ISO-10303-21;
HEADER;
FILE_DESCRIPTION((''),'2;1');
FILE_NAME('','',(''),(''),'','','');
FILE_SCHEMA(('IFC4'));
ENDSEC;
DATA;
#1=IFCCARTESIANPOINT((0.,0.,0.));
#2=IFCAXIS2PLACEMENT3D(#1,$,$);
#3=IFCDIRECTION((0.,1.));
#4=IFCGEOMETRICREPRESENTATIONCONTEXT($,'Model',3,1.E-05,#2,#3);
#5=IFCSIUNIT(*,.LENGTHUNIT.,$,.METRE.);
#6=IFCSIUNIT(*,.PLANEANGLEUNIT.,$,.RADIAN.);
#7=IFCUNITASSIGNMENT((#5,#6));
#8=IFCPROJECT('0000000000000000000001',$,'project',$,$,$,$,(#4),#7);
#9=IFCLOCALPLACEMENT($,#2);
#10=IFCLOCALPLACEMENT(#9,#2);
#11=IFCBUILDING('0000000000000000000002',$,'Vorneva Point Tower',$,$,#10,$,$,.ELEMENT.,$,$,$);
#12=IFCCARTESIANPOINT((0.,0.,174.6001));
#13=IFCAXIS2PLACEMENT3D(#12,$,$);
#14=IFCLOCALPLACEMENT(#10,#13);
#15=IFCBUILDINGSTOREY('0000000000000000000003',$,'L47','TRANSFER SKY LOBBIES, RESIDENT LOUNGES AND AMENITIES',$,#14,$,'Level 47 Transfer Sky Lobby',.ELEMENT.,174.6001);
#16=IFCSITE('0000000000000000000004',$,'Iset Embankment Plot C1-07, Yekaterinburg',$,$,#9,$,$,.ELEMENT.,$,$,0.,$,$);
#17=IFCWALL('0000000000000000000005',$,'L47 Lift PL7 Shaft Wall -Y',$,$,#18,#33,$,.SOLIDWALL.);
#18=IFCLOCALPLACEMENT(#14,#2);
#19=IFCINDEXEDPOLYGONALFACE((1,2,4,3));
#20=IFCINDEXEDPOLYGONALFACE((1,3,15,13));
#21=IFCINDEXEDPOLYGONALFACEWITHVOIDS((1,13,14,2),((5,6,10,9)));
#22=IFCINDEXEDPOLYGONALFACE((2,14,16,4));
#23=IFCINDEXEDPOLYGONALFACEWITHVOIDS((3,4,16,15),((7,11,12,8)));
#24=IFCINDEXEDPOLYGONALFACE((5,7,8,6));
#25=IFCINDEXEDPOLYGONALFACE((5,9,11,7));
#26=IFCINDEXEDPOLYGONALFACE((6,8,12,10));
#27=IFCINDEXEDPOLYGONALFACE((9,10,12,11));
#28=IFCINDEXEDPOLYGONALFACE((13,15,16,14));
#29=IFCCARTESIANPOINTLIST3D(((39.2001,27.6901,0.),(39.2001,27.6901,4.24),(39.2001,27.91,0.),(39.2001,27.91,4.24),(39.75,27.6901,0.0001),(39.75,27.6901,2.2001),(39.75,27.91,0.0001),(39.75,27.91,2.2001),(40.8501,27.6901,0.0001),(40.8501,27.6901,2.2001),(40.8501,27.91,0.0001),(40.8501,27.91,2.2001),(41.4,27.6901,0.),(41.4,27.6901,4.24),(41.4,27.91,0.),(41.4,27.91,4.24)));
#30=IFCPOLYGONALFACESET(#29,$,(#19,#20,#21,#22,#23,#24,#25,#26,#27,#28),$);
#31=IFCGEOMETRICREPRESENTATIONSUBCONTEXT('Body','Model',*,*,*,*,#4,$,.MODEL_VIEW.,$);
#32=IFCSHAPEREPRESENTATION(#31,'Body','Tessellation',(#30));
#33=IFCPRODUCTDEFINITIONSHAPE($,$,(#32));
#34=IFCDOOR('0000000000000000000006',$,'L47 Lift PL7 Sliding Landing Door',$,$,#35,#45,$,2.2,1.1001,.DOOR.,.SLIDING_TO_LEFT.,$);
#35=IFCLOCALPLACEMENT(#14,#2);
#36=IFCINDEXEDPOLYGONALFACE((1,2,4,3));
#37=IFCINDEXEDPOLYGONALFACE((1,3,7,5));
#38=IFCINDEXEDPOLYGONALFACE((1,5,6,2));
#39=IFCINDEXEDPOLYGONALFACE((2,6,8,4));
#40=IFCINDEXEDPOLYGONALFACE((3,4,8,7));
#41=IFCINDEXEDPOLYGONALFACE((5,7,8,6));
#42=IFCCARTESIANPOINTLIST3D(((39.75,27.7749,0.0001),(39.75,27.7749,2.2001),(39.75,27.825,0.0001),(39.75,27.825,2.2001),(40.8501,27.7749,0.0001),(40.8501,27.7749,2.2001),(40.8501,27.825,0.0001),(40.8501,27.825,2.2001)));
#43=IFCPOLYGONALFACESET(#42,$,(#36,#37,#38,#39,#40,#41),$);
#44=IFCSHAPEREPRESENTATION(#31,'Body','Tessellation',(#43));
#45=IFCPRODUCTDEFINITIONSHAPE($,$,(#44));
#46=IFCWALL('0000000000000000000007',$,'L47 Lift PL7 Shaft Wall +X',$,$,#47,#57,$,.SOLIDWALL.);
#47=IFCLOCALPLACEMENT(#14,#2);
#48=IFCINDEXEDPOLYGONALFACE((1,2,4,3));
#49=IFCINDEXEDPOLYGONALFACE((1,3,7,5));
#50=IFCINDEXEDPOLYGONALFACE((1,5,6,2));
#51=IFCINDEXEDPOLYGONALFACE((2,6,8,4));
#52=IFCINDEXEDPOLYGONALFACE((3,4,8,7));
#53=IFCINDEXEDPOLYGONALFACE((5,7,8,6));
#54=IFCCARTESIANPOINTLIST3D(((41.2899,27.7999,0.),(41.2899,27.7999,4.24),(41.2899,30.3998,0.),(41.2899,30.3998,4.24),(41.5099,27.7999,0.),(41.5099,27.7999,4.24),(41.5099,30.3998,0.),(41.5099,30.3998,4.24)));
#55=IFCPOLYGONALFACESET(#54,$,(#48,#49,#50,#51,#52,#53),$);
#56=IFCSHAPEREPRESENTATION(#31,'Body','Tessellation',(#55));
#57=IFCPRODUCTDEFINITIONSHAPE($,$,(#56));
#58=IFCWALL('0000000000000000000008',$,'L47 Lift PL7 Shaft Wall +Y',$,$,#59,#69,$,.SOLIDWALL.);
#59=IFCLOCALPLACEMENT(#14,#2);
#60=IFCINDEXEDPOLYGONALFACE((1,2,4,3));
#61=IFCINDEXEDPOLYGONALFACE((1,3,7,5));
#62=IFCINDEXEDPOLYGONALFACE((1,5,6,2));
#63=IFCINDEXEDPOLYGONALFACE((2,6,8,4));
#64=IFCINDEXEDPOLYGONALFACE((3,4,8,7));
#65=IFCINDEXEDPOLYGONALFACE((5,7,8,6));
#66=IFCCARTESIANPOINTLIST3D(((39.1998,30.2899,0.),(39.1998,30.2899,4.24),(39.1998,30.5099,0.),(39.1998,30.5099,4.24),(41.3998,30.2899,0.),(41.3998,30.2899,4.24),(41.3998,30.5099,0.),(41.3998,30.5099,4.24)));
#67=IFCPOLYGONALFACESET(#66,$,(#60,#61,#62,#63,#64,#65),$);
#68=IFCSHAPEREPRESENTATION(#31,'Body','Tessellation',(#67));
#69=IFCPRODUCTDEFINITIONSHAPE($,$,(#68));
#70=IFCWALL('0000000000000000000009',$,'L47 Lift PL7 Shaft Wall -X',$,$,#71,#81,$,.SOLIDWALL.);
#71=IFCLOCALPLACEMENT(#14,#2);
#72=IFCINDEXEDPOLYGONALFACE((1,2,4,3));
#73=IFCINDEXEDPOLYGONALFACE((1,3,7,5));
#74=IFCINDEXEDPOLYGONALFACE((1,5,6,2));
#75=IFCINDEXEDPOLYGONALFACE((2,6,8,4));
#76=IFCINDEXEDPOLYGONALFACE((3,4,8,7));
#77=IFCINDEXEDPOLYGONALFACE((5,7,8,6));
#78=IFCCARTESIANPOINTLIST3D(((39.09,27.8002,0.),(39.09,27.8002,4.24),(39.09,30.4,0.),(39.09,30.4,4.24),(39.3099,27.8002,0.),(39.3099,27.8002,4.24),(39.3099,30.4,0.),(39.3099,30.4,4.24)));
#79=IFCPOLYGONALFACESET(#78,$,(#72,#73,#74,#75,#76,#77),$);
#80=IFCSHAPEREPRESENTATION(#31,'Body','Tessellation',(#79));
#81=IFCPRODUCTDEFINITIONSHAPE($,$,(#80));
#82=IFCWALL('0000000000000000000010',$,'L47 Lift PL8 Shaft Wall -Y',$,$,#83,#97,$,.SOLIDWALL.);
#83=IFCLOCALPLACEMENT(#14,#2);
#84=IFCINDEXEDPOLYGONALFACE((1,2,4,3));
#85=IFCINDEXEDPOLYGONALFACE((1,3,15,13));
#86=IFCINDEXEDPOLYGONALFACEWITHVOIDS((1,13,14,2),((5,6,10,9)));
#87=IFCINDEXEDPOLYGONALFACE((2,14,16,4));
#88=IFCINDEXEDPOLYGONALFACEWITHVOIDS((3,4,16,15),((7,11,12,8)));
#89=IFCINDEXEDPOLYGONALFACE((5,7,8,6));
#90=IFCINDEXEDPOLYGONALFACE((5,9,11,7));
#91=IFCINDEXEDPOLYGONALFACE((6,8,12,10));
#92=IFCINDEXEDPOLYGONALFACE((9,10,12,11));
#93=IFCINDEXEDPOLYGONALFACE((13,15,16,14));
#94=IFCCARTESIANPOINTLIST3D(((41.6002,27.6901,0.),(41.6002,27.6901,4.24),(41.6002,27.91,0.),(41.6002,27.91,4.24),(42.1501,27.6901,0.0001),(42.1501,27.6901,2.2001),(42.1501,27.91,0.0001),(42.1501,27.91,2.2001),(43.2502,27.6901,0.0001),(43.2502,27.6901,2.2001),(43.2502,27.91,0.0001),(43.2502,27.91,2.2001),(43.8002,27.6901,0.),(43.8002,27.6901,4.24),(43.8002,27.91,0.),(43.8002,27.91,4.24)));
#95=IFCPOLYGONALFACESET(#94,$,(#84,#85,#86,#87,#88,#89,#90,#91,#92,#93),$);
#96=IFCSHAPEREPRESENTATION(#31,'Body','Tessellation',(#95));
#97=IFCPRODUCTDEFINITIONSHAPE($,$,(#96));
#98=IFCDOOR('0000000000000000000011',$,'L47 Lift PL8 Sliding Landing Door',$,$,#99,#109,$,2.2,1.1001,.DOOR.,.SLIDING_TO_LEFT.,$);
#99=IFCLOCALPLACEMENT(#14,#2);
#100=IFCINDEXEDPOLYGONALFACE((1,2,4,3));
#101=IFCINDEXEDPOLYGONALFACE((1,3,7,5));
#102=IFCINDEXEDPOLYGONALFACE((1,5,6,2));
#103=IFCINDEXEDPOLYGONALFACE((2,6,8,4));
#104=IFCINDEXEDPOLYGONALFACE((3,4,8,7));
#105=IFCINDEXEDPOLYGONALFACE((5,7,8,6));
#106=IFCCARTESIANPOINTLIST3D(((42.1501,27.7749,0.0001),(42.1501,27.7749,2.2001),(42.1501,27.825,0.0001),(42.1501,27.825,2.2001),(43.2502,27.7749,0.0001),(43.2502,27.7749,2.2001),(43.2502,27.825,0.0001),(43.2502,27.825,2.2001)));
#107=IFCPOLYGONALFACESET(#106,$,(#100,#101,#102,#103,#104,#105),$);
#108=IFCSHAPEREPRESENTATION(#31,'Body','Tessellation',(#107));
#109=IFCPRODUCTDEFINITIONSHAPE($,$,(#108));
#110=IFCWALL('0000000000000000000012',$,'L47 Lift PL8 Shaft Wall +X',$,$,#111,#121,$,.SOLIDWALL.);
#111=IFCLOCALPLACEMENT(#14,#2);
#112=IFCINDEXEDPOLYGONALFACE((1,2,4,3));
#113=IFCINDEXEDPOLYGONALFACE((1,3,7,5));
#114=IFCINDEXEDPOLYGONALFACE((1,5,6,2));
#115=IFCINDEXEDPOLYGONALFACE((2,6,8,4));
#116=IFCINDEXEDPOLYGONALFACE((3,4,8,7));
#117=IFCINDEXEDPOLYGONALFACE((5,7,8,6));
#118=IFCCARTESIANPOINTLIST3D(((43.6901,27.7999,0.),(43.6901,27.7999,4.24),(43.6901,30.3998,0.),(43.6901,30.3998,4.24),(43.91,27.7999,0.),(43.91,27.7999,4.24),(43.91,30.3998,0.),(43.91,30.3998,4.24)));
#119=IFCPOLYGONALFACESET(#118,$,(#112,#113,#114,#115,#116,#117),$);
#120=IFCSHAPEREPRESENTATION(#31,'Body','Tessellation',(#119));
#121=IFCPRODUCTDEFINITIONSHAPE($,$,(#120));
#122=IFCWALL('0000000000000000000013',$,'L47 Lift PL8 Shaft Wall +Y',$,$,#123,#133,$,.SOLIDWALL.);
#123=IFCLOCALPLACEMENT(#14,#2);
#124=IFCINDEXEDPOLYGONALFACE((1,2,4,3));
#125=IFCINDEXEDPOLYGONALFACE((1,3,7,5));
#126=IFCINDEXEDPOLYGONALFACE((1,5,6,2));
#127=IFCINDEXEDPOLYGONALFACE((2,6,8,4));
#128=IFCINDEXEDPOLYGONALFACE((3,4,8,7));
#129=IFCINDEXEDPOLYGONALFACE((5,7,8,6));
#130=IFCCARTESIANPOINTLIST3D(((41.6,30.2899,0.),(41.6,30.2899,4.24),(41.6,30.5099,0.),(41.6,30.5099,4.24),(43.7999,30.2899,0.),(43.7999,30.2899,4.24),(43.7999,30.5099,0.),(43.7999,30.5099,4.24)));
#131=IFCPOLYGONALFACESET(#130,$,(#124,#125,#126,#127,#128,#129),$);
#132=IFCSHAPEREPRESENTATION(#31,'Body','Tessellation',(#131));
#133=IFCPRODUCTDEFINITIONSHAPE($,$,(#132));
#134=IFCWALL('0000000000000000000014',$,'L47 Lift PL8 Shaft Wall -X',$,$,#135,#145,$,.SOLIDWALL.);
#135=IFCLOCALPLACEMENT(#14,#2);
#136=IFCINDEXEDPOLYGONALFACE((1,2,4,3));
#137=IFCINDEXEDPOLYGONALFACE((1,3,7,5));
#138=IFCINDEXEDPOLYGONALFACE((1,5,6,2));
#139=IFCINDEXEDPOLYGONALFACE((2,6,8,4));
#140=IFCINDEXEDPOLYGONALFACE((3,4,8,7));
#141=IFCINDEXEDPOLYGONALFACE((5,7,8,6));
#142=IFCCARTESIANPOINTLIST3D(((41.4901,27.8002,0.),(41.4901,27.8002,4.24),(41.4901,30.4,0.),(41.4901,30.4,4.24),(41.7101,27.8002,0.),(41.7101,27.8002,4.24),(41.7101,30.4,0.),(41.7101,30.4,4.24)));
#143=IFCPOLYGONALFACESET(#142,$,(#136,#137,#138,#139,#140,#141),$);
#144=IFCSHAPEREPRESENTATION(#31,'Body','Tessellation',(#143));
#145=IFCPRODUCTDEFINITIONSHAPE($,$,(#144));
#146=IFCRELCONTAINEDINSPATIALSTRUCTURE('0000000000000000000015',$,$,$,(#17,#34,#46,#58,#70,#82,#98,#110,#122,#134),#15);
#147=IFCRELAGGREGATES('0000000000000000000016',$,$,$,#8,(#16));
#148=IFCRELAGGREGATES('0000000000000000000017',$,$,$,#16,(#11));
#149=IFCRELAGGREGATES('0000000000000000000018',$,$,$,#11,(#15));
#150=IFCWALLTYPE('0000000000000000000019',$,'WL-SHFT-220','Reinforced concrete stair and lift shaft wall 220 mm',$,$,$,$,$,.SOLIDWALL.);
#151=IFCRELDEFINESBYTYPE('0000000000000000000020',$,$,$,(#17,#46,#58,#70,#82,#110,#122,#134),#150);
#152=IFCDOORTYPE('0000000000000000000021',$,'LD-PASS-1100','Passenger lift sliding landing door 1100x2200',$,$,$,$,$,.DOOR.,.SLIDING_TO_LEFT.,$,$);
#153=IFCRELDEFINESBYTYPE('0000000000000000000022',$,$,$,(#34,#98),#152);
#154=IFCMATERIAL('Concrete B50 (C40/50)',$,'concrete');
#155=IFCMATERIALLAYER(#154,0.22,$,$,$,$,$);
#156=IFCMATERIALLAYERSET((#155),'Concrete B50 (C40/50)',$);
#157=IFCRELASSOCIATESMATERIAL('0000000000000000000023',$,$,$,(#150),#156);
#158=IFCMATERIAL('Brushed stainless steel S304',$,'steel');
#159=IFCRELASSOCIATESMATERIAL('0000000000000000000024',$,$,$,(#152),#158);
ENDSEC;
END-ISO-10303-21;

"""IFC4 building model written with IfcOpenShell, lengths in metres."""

from ifc_helpers import new_model, si_unit, direction, frame, frame_2d, origin, place, context, subcontext, project, spatial, rectangle, extrude, material, layer, layer_set, type_object, element, fill, save


model = new_model("IFC4")

# Units and contexts
model_context = context("Model", 3, precision=1e-05, world=origin(), true_north=direction((0.0, 1.0)))
body_context = subcontext(model_context, "Body", "Model", "MODEL_VIEW")
ifc_project = project(units=[si_unit("LENGTHUNIT", "METRE"), si_unit("PLANEANGLEUNIT", "RADIAN")], contexts=[model_context])

# Site, building, storey
site_placement = place(None, origin())
site = spatial("IfcSite", under=ifc_project, at=site_placement, Name="Iset Embankment Plot C1-07, Yekaterinburg", CompositionType="ELEMENT", RefElevation=0.0)
building_placement = place(site_placement, origin())
building = spatial("IfcBuilding", under=site, at=building_placement, Name="Vorneva Point Tower", CompositionType="ELEMENT")
storey_placement = place(building_placement, frame((0.0, 0.0, 174.6001)))
storey = spatial("IfcBuildingStorey", under=building, at=storey_placement, Name="L47", Description="TRANSFER SKY LOBBIES, RESIDENT LOUNGES AND AMENITIES", LongName="Level 47 Transfer Sky Lobby", CompositionType="ELEMENT", Elevation=174.6001)

# Shared definitions
ifc_material_1 = material(Name="Brushed stainless steel S304", Category="steel")

# Wall, opening, door
ifc_material_2 = material(Name="Concrete B50 (C40/50)", Category="concrete")
ifc_layer_1 = layer(ifc_material_2, 0.22)
ifc_layer_set_1 = layer_set([ifc_layer_1], Name="Concrete B50 (C40/50)")
wall_type_1 = type_object("IfcWallType", Name="WL-SHFT-220", Description="Reinforced concrete stair and lift shaft wall 220 mm", PredefinedType="SOLIDWALL", material=ifc_layer_set_1)
wall_1_placement = place(storey_placement, frame((39.2, 27.8, 0.0), z_axis=(0.0, 0.0, 1.0), x_axis=(1.0, 0.0, 0.0)))
wall_1 = element("IfcWall", 1, at=wall_1_placement, inside=storey, type_object=wall_type_1, Name="L47 Lift PL7 Shaft Wall -Y", PredefinedType="SOLIDWALL", context=body_context, shape_type="SweptSolid", body=[
    extrude(rectangle(XDim=2.2, YDim=0.22, at=frame_2d((1.1001, 0.0))), origin(), (0.0, 0.0, 1.0), 4.24),
])
opening_1_placement = place(wall_1_placement, frame((0.55, 0.0, 0.0)))
opening_1 = element("IfcOpeningElement", 2, at=opening_1_placement, cuts=wall_1, PredefinedType="OPENING", context=body_context, shape_type="SweptSolid", body=[
    extrude(rectangle(XDim=1.1001, YDim=2.2, at=frame_2d((0.55, 1.1001))), frame((0.0, 0.125, 0.0), z_axis=(0.0, -1.0, 0.0), x_axis=(1.0, 0.0, 0.0)), (0.0, 0.0, 1.0), 0.2498),
])
door_type_1 = type_object("IfcDoorType", Name="LD-PASS-1100", Description="Passenger lift sliding landing door 1100x2200", OperationType="SLIDING_TO_LEFT", PredefinedType="DOOR", material=ifc_material_1)
door_1_placement = place(opening_1_placement, origin())
door_1 = element("IfcDoor", 3, at=door_1_placement, inside=storey, type_object=door_type_1, Name="L47 Lift PL7 Sliding Landing Door", OperationType="SLIDING_TO_LEFT", OverallHeight=2.2, OverallWidth=1.1001, PredefinedType="DOOR", context=body_context, shape_type="SweptSolid", body=[
    extrude(rectangle(XDim=1.1001, YDim=2.2, at=frame_2d((0.55, 1.1001))), frame((0.0, 0.0249, 0.0), z_axis=(0.0, -1.0, 0.0), x_axis=(1.0, 0.0, 0.0)), (0.0, 0.0, 1.0), 0.05),
])
fill(opening_1, door_1)

# Walls
wall_2_placement = place(storey_placement, frame((41.3999, 27.8, 0.0), z_axis=(0.0, 0.0, 1.0), x_axis=(0.0, 1.0, 0.0)))
element("IfcWall", 4, at=wall_2_placement, inside=storey, type_object=wall_type_1, Name="L47 Lift PL7 Shaft Wall +X", PredefinedType="SOLIDWALL", context=body_context, shape_type="SweptSolid", body=[
    extrude(rectangle(XDim=2.5999, YDim=0.22, at=frame_2d((1.2998, 0.0))), origin(), (0.0, 0.0, 1.0), 4.24),
])
wall_3_placement = place(storey_placement, frame((41.3999, 30.3999, 0.0), z_axis=(0.0, 0.0, 1.0), x_axis=(-1.0, 0.0, 0.0)))
element("IfcWall", 5, at=wall_3_placement, inside=storey, type_object=wall_type_1, Name="L47 Lift PL7 Shaft Wall +Y", PredefinedType="SOLIDWALL", context=body_context, shape_type="SweptSolid", body=[
    extrude(rectangle(XDim=2.2, YDim=0.22, at=frame_2d((1.1001, 0.0))), origin(), (0.0, 0.0, 1.0), 4.24),
])
wall_4_placement = place(storey_placement, frame((39.2, 30.3999, 0.0), z_axis=(0.0, 0.0, 1.0), x_axis=(0.0, -1.0, 0.0)))
element("IfcWall", 6, at=wall_4_placement, inside=storey, type_object=wall_type_1, Name="L47 Lift PL7 Shaft Wall -X", PredefinedType="SOLIDWALL", context=body_context, shape_type="SweptSolid", body=[
    extrude(rectangle(XDim=2.5999, YDim=0.22, at=frame_2d((1.2998, 0.0))), origin(), (0.0, 0.0, 1.0), 4.24),
])

# Wall, opening, door
wall_5_placement = place(storey_placement, frame((41.6001, 27.8, 0.0), z_axis=(0.0, 0.0, 1.0), x_axis=(1.0, 0.0, 0.0)))
wall_5 = element("IfcWall", 7, at=wall_5_placement, inside=storey, type_object=wall_type_1, Name="L47 Lift PL8 Shaft Wall -Y", PredefinedType="SOLIDWALL", context=body_context, shape_type="SweptSolid", body=[
    extrude(rectangle(XDim=2.2, YDim=0.22, at=frame_2d((1.1001, 0.0))), origin(), (0.0, 0.0, 1.0), 4.24),
])
opening_2_placement = place(wall_5_placement, frame((0.55, 0.0, 0.0)))
opening_2 = element("IfcOpeningElement", 8, at=opening_2_placement, cuts=wall_5, PredefinedType="OPENING", context=body_context, shape_type="SweptSolid", body=[
    extrude(rectangle(XDim=1.1001, YDim=2.2, at=frame_2d((0.55, 1.1001))), frame((0.0, 0.125, 0.0), z_axis=(0.0, -1.0, 0.0), x_axis=(1.0, 0.0, 0.0)), (0.0, 0.0, 1.0), 0.2498),
])
door_2_placement = place(opening_2_placement, origin())
door_2 = element("IfcDoor", 9, at=door_2_placement, inside=storey, type_object=door_type_1, Name="L47 Lift PL8 Sliding Landing Door", OperationType="SLIDING_TO_LEFT", OverallHeight=2.2, OverallWidth=1.1001, PredefinedType="DOOR", context=body_context, shape_type="SweptSolid", body=[
    extrude(rectangle(XDim=1.1001, YDim=2.2, at=frame_2d((0.55, 1.1001))), frame((0.0, 0.0249, 0.0), z_axis=(0.0, -1.0, 0.0), x_axis=(1.0, 0.0, 0.0)), (0.0, 0.0, 1.0), 0.05),
])
fill(opening_2, door_2)

# Walls
wall_6_placement = place(storey_placement, frame((43.8, 27.8, 0.0), z_axis=(0.0, 0.0, 1.0), x_axis=(0.0, 1.0, 0.0)))
element("IfcWall", 10, at=wall_6_placement, inside=storey, type_object=wall_type_1, Name="L47 Lift PL8 Shaft Wall +X", PredefinedType="SOLIDWALL", context=body_context, shape_type="SweptSolid", body=[
    extrude(rectangle(XDim=2.5999, YDim=0.22, at=frame_2d((1.2998, 0.0))), origin(), (0.0, 0.0, 1.0), 4.24),
])
wall_7_placement = place(storey_placement, frame((43.8, 30.3999, 0.0), z_axis=(0.0, 0.0, 1.0), x_axis=(-1.0, 0.0, 0.0)))
element("IfcWall", 11, at=wall_7_placement, inside=storey, type_object=wall_type_1, Name="L47 Lift PL8 Shaft Wall +Y", PredefinedType="SOLIDWALL", context=body_context, shape_type="SweptSolid", body=[
    extrude(rectangle(XDim=2.2, YDim=0.22, at=frame_2d((1.1001, 0.0))), origin(), (0.0, 0.0, 1.0), 4.24),
])
wall_8_placement = place(storey_placement, frame((41.6001, 30.3999, 0.0), z_axis=(0.0, 0.0, 1.0), x_axis=(0.0, -1.0, 0.0)))
element("IfcWall", 12, at=wall_8_placement, inside=storey, type_object=wall_type_1, Name="L47 Lift PL8 Shaft Wall -X", PredefinedType="SOLIDWALL", context=body_context, shape_type="SweptSolid", body=[
    extrude(rectangle(XDim=2.5999, YDim=0.22, at=frame_2d((1.2998, 0.0))), origin(), (0.0, 0.0, 1.0), 4.24),
])

save(model, "model.ifc")
